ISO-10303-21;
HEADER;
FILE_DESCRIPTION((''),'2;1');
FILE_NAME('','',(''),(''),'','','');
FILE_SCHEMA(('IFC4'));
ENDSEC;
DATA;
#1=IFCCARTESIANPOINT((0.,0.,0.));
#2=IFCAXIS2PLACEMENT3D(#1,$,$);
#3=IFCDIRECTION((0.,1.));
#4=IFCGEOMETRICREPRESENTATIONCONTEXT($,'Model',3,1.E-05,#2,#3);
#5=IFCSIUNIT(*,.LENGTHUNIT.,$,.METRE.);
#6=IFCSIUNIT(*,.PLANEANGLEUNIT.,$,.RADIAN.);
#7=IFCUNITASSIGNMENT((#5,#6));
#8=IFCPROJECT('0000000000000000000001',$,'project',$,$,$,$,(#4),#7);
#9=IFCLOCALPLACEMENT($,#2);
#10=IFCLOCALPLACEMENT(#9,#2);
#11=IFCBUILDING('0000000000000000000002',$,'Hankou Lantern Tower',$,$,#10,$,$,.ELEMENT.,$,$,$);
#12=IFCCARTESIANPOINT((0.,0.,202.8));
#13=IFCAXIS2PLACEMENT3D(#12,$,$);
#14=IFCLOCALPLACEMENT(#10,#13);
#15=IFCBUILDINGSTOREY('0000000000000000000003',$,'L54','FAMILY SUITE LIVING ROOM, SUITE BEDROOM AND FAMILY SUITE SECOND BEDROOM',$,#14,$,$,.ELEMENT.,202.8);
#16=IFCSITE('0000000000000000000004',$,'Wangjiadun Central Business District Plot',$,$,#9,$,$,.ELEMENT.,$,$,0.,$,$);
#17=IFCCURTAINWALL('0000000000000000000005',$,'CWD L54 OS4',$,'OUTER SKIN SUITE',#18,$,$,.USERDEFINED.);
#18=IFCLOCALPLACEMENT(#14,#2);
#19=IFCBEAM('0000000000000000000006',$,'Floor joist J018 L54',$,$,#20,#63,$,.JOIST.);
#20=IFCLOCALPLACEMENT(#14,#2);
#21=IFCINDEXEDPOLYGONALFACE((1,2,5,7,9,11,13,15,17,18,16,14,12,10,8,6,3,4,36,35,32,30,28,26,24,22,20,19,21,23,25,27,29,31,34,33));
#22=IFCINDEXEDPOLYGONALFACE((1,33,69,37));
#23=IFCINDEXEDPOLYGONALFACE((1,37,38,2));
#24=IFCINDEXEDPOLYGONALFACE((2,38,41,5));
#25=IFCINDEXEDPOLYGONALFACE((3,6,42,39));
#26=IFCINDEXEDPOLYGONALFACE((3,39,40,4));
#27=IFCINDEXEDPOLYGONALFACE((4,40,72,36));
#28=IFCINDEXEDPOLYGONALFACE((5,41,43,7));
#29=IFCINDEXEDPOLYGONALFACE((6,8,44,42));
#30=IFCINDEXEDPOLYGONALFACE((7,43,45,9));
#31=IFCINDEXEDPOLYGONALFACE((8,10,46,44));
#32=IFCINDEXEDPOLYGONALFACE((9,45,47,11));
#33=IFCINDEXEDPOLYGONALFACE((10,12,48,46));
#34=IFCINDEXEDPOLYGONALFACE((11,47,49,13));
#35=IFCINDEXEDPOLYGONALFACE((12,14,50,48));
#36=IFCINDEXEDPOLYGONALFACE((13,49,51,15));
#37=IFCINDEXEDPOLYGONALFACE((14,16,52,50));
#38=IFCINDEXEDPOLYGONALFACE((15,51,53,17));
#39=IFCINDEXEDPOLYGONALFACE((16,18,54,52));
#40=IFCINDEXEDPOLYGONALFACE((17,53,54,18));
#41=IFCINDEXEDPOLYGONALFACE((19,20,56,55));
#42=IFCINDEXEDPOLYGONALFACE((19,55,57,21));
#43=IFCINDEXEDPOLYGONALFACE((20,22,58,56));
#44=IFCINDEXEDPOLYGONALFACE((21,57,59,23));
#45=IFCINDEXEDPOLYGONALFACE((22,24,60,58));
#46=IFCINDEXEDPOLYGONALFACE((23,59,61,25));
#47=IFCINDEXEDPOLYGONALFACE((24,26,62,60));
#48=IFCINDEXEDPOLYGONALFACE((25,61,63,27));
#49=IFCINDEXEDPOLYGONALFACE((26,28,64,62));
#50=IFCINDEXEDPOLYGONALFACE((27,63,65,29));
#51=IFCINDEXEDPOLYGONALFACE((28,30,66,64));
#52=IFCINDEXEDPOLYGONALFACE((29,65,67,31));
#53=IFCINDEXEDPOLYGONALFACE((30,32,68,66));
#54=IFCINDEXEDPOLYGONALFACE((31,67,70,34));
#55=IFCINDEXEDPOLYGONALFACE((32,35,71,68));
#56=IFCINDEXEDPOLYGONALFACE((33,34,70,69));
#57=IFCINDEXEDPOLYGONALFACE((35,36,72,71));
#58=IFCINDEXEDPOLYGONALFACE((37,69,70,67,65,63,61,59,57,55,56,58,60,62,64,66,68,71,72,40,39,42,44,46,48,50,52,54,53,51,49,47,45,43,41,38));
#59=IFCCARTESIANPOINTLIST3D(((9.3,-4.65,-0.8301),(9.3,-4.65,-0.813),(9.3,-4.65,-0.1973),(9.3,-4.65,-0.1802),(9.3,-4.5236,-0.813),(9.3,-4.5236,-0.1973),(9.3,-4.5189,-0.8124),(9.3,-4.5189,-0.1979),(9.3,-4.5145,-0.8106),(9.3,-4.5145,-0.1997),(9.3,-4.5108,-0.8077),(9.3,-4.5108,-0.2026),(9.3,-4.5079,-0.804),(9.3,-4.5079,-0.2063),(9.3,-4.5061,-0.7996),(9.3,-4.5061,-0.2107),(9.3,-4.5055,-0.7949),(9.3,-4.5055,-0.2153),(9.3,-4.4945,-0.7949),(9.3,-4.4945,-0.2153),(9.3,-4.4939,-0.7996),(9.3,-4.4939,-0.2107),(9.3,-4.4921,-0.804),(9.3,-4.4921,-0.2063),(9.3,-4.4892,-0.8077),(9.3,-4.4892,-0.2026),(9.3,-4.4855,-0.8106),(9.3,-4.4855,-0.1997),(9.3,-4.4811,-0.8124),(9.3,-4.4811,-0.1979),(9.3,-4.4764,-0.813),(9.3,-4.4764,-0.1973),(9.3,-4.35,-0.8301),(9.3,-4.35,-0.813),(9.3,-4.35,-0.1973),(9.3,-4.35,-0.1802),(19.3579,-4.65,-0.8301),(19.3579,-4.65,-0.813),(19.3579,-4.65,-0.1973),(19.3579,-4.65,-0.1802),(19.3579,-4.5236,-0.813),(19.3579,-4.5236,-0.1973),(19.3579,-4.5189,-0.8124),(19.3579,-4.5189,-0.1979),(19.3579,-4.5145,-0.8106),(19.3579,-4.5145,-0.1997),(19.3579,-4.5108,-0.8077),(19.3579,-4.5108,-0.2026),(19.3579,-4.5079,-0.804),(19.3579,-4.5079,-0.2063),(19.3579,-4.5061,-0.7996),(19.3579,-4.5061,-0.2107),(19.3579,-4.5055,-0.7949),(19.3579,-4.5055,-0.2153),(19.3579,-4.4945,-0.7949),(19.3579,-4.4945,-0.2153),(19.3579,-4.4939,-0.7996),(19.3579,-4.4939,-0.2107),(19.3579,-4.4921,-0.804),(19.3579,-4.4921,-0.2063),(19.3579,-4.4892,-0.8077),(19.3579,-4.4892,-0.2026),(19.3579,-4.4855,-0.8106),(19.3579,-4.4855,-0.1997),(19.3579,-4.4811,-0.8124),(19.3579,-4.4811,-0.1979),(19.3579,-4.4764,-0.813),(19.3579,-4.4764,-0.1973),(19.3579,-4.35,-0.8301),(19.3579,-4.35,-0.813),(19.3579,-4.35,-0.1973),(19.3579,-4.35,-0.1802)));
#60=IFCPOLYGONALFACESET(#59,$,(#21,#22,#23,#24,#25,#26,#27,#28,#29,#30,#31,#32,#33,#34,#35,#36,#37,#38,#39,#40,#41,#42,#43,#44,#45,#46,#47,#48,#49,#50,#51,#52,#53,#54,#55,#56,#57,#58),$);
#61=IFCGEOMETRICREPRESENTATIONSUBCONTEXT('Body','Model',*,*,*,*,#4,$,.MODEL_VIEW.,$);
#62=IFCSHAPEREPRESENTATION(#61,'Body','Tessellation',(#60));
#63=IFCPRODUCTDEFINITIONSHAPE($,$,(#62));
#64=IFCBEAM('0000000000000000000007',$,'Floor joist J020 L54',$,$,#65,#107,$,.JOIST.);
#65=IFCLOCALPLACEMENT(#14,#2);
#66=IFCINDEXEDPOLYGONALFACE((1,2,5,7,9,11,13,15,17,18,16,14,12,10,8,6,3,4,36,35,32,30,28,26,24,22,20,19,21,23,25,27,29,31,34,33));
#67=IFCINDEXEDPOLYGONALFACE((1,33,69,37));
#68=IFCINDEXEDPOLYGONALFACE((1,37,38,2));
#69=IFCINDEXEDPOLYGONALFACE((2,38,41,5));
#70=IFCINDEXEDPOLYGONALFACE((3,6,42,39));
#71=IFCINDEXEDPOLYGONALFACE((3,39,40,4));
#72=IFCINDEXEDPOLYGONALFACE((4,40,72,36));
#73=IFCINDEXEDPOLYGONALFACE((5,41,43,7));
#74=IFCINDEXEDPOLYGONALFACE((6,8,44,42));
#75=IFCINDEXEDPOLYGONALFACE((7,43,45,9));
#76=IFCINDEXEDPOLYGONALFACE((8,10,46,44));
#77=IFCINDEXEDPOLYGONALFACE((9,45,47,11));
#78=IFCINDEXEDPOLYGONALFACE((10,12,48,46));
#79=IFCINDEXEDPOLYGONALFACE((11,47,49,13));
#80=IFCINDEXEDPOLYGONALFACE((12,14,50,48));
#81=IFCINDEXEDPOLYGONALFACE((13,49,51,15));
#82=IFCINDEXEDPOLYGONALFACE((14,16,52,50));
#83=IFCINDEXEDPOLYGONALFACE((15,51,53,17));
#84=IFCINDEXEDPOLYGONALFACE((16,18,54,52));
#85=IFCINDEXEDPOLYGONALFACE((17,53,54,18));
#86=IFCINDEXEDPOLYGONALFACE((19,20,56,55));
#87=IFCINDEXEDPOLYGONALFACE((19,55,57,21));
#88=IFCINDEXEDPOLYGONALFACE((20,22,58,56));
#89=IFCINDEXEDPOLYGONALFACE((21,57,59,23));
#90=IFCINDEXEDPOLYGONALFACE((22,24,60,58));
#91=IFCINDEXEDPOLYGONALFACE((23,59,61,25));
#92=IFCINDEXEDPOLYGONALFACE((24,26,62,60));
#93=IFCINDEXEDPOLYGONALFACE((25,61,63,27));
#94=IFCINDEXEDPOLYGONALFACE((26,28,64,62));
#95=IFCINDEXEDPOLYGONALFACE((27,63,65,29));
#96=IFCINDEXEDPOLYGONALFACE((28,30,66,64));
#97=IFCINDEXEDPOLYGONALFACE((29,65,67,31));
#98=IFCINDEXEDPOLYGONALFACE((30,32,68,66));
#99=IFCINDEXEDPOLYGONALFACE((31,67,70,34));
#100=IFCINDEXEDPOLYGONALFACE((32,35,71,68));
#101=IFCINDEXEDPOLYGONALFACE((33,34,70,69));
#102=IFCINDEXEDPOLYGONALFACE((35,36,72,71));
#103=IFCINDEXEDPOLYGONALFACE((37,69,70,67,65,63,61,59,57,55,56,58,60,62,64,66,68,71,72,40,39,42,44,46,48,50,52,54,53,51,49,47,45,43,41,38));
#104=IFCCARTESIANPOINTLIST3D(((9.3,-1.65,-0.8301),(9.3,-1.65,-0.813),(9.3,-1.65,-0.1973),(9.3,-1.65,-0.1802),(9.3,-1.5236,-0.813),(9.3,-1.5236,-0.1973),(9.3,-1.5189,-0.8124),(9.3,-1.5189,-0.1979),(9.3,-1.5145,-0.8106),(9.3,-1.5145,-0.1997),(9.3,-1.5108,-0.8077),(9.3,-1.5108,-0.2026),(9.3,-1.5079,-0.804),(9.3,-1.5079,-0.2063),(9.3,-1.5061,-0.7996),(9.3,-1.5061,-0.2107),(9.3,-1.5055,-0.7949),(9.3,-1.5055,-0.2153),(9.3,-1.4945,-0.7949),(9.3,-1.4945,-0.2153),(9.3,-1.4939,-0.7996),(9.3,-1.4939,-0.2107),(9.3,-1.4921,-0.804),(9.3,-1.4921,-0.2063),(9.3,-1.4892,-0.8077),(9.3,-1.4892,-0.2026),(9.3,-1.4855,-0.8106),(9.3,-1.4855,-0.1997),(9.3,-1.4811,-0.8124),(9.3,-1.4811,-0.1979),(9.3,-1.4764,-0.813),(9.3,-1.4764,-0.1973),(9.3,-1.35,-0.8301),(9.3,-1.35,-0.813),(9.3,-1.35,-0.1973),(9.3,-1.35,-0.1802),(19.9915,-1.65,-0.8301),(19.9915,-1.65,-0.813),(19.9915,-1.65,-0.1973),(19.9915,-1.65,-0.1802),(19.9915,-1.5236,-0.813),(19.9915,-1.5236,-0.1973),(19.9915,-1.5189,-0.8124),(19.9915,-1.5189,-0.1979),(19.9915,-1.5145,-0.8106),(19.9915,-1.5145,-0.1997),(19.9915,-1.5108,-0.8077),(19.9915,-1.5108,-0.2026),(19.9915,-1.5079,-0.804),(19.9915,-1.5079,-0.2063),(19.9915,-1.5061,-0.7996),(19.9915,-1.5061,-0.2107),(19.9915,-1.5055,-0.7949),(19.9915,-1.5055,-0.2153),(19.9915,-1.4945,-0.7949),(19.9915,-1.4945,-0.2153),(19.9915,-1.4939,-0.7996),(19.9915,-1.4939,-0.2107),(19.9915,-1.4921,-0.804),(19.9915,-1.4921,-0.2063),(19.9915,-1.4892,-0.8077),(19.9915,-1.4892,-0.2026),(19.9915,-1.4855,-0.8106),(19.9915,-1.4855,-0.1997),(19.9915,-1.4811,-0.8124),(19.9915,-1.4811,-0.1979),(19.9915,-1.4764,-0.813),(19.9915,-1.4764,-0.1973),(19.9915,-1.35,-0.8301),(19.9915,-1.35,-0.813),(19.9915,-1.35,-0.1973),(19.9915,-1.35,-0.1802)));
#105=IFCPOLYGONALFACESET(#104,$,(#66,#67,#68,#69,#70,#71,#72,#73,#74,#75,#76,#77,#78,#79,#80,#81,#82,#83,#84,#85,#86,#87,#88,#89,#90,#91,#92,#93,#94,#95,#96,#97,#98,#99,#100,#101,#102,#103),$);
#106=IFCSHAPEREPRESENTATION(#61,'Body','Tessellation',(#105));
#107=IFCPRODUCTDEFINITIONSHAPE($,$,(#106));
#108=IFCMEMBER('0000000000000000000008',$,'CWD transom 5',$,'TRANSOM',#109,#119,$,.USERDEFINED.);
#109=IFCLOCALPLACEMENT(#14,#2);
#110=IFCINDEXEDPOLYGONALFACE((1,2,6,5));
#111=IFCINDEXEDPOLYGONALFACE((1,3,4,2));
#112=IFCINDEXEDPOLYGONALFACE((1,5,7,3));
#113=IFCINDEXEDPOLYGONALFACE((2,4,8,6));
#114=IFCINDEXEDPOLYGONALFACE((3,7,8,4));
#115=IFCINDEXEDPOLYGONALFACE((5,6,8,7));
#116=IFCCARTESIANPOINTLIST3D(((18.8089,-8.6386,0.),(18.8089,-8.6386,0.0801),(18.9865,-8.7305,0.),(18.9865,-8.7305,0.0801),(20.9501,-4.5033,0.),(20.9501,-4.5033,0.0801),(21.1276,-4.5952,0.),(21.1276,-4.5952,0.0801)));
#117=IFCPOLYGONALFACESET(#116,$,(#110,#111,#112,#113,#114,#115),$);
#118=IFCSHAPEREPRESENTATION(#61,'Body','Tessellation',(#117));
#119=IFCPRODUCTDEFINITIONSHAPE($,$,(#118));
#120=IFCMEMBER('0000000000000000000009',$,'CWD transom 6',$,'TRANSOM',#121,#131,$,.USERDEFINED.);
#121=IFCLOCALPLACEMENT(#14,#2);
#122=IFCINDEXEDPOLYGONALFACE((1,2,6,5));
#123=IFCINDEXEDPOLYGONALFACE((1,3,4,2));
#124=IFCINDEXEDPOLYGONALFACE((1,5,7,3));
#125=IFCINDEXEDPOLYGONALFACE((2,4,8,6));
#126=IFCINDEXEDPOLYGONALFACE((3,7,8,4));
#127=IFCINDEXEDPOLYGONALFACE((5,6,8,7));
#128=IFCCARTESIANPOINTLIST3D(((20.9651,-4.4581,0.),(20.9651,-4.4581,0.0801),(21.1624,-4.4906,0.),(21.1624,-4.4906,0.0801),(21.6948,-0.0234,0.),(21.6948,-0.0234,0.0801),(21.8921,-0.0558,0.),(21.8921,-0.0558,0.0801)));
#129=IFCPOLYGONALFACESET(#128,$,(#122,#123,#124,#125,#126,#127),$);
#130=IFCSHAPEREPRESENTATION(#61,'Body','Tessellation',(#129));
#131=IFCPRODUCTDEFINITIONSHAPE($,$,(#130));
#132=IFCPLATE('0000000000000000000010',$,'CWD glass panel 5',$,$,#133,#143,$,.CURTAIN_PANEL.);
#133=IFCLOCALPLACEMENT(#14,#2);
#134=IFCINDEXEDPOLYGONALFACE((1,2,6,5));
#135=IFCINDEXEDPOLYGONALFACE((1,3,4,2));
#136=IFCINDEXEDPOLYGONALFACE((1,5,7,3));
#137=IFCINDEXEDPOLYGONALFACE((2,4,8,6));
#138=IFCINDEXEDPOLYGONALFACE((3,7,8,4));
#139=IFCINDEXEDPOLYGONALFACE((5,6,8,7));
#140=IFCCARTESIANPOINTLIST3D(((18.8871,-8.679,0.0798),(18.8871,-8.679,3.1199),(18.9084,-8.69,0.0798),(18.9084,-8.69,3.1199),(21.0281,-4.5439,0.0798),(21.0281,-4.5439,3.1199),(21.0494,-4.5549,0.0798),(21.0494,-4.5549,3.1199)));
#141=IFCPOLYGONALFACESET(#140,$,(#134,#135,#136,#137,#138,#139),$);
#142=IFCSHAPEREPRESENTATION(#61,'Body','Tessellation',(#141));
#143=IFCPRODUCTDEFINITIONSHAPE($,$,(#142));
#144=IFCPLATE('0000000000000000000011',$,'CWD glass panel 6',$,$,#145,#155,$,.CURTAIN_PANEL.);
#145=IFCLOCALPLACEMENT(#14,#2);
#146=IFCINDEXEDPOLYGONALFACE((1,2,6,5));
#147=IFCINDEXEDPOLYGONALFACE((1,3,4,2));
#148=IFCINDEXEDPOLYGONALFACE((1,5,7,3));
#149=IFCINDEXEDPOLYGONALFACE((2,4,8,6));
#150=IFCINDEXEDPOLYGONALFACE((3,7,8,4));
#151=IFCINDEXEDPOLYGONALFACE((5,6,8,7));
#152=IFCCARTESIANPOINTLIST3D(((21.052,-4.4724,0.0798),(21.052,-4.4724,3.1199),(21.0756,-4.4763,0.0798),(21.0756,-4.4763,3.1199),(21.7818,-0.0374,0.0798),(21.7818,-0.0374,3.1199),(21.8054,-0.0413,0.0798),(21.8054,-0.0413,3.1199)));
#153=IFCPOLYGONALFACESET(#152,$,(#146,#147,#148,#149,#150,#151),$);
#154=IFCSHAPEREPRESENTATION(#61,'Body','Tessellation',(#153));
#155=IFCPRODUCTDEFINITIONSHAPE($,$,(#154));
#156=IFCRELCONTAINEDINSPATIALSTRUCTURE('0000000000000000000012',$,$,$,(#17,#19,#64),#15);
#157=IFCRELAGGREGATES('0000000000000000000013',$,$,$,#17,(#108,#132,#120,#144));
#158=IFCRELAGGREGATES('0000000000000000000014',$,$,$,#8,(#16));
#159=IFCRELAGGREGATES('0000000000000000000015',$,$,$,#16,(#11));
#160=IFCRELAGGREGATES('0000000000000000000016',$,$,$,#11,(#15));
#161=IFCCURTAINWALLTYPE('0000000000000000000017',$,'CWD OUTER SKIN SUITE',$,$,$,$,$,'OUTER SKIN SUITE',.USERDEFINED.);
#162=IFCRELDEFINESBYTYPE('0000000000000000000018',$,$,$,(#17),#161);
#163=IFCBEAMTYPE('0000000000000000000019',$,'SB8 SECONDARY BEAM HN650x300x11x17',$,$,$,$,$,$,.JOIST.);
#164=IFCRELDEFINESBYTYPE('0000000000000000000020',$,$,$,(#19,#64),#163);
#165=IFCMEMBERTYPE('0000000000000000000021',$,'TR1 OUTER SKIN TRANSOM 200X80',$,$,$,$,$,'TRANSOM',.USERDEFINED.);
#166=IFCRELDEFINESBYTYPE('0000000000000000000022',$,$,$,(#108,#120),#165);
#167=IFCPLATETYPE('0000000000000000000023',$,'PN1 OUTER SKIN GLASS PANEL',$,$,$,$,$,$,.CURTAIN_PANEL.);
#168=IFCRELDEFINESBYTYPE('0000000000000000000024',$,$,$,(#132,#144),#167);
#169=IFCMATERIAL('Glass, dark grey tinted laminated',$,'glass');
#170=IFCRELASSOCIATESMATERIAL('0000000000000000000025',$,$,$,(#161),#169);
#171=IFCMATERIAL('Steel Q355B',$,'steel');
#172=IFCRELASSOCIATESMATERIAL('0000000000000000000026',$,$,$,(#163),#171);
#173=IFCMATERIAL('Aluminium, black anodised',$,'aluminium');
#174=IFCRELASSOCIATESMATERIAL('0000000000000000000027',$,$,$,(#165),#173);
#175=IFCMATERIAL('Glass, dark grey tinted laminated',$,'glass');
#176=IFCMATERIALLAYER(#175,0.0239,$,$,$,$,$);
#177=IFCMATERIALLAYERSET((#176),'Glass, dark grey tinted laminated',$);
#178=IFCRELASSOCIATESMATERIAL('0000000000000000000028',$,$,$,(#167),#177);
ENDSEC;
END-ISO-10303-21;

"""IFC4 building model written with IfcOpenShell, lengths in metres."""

from ifc_helpers import new_model, si_unit, direction, frame, origin, origin_2d, place, context, subcontext, project, spatial, rectangle, i_section, extrude, material, layer, layer_set, material_profile, profile_set, type_object, element, aggregate, save


model = new_model("IFC4")

# Units and contexts
model_context = context("Model", 3, precision=1e-05, world=origin(), true_north=direction((0.0, 1.0)))
body_context = subcontext(model_context, "Body", "Model", "MODEL_VIEW")
ifc_project = project(units=[si_unit("LENGTHUNIT", "METRE"), si_unit("PLANEANGLEUNIT", "RADIAN")], contexts=[model_context])

# Site, building, storey
site_placement = place(None, origin())
site = spatial("IfcSite", under=ifc_project, at=site_placement, Name="Wangjiadun Central Business District Plot", CompositionType="ELEMENT", RefElevation=0.0)
building_placement = place(site_placement, origin())
building = spatial("IfcBuilding", under=site, at=building_placement, Name="Hankou Lantern Tower", CompositionType="ELEMENT")
storey_placement = place(building_placement, frame((0.0, 0.0, 202.8)))
storey = spatial("IfcBuildingStorey", under=building, at=storey_placement, Name="L54", Description="FAMILY SUITE LIVING ROOM, SUITE BEDROOM AND FAMILY SUITE SECOND BEDROOM", CompositionType="ELEMENT", Elevation=202.8)

# Curtain wall
ifc_material_1 = material(Name="Glass, dark grey tinted laminated", Category="glass")
curtain_wall_type = type_object("IfcCurtainWallType", Name="CWD OUTER SKIN SUITE", ElementType="OUTER SKIN SUITE", PredefinedType="USERDEFINED", material=ifc_material_1)
curtain_wall_placement = place(storey_placement, origin())
curtain_wall = element("IfcCurtainWall", 1, at=curtain_wall_placement, inside=storey, type_object=curtain_wall_type, Name="CWD L54 OS4", ObjectType="OUTER SKIN SUITE", PredefinedType="USERDEFINED")

# Beams
ifc_material_2 = material(Name="Steel Q355B", Category="steel")
ifc_material_profile_1 = material_profile(ifc_material_2, i_section(OverallWidth=0.3, OverallDepth=0.6499, WebThickness=0.011, FlangeThickness=0.0171, FilletRadius=0.0181, at=origin_2d()), Name="HN650x300x11x17")
ifc_profile_set_1 = profile_set([ifc_material_profile_1], Name="Steel Q355B")
beam_type_1 = type_object("IfcBeamType", Name="SB8 SECONDARY BEAM HN650x300x11x17", PredefinedType="JOIST", material=ifc_profile_set_1)
beam_1_placement = place(storey_placement, frame((9.3, -4.5, -0.5051), z_axis=(1.0, 0.0, 0.0), x_axis=(0.0, 1.0, 0.0)))
element("IfcBeam", 2, at=beam_1_placement, inside=storey, type_object=beam_type_1, Name="Floor joist J018 L54", PredefinedType="JOIST", context=body_context, shape_type="SweptSolid", body=[
    extrude(i_section(OverallWidth=0.3, OverallDepth=0.6499, WebThickness=0.011, FlangeThickness=0.0171, FilletRadius=0.0181, at=origin_2d()), origin(), (0.0, 0.0, 1.0), 10.0579),
])
beam_2_placement = place(storey_placement, frame((9.3, -1.5, -0.5051), z_axis=(1.0, 0.0, 0.0), x_axis=(0.0, 1.0, 0.0)))
element("IfcBeam", 3, at=beam_2_placement, inside=storey, type_object=beam_type_1, Name="Floor joist J020 L54", PredefinedType="JOIST", context=body_context, shape_type="SweptSolid", body=[
    extrude(i_section(OverallWidth=0.3, OverallDepth=0.6499, WebThickness=0.011, FlangeThickness=0.0171, FilletRadius=0.0181, at=origin_2d()), origin(), (0.0, 0.0, 1.0), 10.6914),
])

# Members
ifc_material_3 = material(Name="Aluminium, black anodised", Category="aluminium")
ifc_material_profile_2 = material_profile(ifc_material_3, rectangle(XDim=0.2, YDim=0.0801, at=origin_2d()), Name="TR1 200X80")
ifc_profile_set_2 = profile_set([ifc_material_profile_2], Name="Aluminium, black anodised")
member_type_1 = type_object("IfcMemberType", Name="TR1 OUTER SKIN TRANSOM 200X80", ElementType="TRANSOM", PredefinedType="USERDEFINED", material=ifc_profile_set_2)
member_1_placement = place(storey_placement, frame((18.8977, -8.6846, 0.04), z_axis=(0.459794, 0.888026, 0.0), x_axis=(-0.888026, 0.459794, 0.0)))
member_1 = element("IfcMember", 4, at=member_1_placement, type_object=member_type_1, Name="CWD transom 5", ObjectType="TRANSOM", PredefinedType="USERDEFINED", context=body_context, shape_type="SweptSolid", body=[
    extrude(rectangle(XDim=0.2, YDim=0.0801, at=origin_2d()), origin(), (0.0, 0.0, 1.0), 4.6567),
])
member_2_placement = place(storey_placement, frame((21.0637, -4.4744, 0.04), z_axis=(0.162364, 0.986731, 0.0), x_axis=(-0.986731, 0.162364, 0.0)))
member_2 = element("IfcMember", 5, at=member_2_placement, type_object=member_type_1, Name="CWD transom 6", ObjectType="TRANSOM", PredefinedType="USERDEFINED", context=body_context, shape_type="SweptSolid", body=[
    extrude(rectangle(XDim=0.2, YDim=0.0801, at=origin_2d()), origin(), (0.0, 0.0, 1.0), 4.4944),
])

# Plates
ifc_material_4 = material(Name="Glass, dark grey tinted laminated", Category="glass")
ifc_layer_1 = layer(ifc_material_4, 0.0239)
ifc_layer_set_1 = layer_set([ifc_layer_1], Name="Glass, dark grey tinted laminated")
plate_type = type_object("IfcPlateType", Name="PN1 OUTER SKIN GLASS PANEL", PredefinedType="CURTAIN_PANEL", material=ifc_layer_set_1)
plate_1_placement = place(storey_placement, frame((19.9683, -6.6169, 0.0798), z_axis=(0.0, 0.0, 1.0), x_axis=(0.459791, 0.888027, 0.0)))
plate_1 = element("IfcPlate", 6, at=plate_1_placement, type_object=plate_type, Name="CWD glass panel 5", PredefinedType="CURTAIN_PANEL", context=body_context, shape_type="SweptSolid", body=[
    extrude(rectangle(XDim=4.6565, YDim=0.0239, at=origin_2d()), origin(), (0.0, 0.0, 1.0), 3.04),
])
plate_2_placement = place(storey_placement, frame((21.4287, -2.2568, 0.0798), z_axis=(0.0, 0.0, 1.0), x_axis=(0.162382, 0.986728, 0.0)))
plate_2 = element("IfcPlate", 7, at=plate_2_placement, type_object=plate_type, Name="CWD glass panel 6", PredefinedType="CURTAIN_PANEL", context=body_context, shape_type="SweptSolid", body=[
    extrude(rectangle(XDim=4.4946, YDim=0.0239, at=origin_2d()), origin(), (0.0, 0.0, 1.0), 3.04),
])
aggregate(curtain_wall, [member_1, plate_1, member_2, plate_2])

save(model, "model.ifc")
